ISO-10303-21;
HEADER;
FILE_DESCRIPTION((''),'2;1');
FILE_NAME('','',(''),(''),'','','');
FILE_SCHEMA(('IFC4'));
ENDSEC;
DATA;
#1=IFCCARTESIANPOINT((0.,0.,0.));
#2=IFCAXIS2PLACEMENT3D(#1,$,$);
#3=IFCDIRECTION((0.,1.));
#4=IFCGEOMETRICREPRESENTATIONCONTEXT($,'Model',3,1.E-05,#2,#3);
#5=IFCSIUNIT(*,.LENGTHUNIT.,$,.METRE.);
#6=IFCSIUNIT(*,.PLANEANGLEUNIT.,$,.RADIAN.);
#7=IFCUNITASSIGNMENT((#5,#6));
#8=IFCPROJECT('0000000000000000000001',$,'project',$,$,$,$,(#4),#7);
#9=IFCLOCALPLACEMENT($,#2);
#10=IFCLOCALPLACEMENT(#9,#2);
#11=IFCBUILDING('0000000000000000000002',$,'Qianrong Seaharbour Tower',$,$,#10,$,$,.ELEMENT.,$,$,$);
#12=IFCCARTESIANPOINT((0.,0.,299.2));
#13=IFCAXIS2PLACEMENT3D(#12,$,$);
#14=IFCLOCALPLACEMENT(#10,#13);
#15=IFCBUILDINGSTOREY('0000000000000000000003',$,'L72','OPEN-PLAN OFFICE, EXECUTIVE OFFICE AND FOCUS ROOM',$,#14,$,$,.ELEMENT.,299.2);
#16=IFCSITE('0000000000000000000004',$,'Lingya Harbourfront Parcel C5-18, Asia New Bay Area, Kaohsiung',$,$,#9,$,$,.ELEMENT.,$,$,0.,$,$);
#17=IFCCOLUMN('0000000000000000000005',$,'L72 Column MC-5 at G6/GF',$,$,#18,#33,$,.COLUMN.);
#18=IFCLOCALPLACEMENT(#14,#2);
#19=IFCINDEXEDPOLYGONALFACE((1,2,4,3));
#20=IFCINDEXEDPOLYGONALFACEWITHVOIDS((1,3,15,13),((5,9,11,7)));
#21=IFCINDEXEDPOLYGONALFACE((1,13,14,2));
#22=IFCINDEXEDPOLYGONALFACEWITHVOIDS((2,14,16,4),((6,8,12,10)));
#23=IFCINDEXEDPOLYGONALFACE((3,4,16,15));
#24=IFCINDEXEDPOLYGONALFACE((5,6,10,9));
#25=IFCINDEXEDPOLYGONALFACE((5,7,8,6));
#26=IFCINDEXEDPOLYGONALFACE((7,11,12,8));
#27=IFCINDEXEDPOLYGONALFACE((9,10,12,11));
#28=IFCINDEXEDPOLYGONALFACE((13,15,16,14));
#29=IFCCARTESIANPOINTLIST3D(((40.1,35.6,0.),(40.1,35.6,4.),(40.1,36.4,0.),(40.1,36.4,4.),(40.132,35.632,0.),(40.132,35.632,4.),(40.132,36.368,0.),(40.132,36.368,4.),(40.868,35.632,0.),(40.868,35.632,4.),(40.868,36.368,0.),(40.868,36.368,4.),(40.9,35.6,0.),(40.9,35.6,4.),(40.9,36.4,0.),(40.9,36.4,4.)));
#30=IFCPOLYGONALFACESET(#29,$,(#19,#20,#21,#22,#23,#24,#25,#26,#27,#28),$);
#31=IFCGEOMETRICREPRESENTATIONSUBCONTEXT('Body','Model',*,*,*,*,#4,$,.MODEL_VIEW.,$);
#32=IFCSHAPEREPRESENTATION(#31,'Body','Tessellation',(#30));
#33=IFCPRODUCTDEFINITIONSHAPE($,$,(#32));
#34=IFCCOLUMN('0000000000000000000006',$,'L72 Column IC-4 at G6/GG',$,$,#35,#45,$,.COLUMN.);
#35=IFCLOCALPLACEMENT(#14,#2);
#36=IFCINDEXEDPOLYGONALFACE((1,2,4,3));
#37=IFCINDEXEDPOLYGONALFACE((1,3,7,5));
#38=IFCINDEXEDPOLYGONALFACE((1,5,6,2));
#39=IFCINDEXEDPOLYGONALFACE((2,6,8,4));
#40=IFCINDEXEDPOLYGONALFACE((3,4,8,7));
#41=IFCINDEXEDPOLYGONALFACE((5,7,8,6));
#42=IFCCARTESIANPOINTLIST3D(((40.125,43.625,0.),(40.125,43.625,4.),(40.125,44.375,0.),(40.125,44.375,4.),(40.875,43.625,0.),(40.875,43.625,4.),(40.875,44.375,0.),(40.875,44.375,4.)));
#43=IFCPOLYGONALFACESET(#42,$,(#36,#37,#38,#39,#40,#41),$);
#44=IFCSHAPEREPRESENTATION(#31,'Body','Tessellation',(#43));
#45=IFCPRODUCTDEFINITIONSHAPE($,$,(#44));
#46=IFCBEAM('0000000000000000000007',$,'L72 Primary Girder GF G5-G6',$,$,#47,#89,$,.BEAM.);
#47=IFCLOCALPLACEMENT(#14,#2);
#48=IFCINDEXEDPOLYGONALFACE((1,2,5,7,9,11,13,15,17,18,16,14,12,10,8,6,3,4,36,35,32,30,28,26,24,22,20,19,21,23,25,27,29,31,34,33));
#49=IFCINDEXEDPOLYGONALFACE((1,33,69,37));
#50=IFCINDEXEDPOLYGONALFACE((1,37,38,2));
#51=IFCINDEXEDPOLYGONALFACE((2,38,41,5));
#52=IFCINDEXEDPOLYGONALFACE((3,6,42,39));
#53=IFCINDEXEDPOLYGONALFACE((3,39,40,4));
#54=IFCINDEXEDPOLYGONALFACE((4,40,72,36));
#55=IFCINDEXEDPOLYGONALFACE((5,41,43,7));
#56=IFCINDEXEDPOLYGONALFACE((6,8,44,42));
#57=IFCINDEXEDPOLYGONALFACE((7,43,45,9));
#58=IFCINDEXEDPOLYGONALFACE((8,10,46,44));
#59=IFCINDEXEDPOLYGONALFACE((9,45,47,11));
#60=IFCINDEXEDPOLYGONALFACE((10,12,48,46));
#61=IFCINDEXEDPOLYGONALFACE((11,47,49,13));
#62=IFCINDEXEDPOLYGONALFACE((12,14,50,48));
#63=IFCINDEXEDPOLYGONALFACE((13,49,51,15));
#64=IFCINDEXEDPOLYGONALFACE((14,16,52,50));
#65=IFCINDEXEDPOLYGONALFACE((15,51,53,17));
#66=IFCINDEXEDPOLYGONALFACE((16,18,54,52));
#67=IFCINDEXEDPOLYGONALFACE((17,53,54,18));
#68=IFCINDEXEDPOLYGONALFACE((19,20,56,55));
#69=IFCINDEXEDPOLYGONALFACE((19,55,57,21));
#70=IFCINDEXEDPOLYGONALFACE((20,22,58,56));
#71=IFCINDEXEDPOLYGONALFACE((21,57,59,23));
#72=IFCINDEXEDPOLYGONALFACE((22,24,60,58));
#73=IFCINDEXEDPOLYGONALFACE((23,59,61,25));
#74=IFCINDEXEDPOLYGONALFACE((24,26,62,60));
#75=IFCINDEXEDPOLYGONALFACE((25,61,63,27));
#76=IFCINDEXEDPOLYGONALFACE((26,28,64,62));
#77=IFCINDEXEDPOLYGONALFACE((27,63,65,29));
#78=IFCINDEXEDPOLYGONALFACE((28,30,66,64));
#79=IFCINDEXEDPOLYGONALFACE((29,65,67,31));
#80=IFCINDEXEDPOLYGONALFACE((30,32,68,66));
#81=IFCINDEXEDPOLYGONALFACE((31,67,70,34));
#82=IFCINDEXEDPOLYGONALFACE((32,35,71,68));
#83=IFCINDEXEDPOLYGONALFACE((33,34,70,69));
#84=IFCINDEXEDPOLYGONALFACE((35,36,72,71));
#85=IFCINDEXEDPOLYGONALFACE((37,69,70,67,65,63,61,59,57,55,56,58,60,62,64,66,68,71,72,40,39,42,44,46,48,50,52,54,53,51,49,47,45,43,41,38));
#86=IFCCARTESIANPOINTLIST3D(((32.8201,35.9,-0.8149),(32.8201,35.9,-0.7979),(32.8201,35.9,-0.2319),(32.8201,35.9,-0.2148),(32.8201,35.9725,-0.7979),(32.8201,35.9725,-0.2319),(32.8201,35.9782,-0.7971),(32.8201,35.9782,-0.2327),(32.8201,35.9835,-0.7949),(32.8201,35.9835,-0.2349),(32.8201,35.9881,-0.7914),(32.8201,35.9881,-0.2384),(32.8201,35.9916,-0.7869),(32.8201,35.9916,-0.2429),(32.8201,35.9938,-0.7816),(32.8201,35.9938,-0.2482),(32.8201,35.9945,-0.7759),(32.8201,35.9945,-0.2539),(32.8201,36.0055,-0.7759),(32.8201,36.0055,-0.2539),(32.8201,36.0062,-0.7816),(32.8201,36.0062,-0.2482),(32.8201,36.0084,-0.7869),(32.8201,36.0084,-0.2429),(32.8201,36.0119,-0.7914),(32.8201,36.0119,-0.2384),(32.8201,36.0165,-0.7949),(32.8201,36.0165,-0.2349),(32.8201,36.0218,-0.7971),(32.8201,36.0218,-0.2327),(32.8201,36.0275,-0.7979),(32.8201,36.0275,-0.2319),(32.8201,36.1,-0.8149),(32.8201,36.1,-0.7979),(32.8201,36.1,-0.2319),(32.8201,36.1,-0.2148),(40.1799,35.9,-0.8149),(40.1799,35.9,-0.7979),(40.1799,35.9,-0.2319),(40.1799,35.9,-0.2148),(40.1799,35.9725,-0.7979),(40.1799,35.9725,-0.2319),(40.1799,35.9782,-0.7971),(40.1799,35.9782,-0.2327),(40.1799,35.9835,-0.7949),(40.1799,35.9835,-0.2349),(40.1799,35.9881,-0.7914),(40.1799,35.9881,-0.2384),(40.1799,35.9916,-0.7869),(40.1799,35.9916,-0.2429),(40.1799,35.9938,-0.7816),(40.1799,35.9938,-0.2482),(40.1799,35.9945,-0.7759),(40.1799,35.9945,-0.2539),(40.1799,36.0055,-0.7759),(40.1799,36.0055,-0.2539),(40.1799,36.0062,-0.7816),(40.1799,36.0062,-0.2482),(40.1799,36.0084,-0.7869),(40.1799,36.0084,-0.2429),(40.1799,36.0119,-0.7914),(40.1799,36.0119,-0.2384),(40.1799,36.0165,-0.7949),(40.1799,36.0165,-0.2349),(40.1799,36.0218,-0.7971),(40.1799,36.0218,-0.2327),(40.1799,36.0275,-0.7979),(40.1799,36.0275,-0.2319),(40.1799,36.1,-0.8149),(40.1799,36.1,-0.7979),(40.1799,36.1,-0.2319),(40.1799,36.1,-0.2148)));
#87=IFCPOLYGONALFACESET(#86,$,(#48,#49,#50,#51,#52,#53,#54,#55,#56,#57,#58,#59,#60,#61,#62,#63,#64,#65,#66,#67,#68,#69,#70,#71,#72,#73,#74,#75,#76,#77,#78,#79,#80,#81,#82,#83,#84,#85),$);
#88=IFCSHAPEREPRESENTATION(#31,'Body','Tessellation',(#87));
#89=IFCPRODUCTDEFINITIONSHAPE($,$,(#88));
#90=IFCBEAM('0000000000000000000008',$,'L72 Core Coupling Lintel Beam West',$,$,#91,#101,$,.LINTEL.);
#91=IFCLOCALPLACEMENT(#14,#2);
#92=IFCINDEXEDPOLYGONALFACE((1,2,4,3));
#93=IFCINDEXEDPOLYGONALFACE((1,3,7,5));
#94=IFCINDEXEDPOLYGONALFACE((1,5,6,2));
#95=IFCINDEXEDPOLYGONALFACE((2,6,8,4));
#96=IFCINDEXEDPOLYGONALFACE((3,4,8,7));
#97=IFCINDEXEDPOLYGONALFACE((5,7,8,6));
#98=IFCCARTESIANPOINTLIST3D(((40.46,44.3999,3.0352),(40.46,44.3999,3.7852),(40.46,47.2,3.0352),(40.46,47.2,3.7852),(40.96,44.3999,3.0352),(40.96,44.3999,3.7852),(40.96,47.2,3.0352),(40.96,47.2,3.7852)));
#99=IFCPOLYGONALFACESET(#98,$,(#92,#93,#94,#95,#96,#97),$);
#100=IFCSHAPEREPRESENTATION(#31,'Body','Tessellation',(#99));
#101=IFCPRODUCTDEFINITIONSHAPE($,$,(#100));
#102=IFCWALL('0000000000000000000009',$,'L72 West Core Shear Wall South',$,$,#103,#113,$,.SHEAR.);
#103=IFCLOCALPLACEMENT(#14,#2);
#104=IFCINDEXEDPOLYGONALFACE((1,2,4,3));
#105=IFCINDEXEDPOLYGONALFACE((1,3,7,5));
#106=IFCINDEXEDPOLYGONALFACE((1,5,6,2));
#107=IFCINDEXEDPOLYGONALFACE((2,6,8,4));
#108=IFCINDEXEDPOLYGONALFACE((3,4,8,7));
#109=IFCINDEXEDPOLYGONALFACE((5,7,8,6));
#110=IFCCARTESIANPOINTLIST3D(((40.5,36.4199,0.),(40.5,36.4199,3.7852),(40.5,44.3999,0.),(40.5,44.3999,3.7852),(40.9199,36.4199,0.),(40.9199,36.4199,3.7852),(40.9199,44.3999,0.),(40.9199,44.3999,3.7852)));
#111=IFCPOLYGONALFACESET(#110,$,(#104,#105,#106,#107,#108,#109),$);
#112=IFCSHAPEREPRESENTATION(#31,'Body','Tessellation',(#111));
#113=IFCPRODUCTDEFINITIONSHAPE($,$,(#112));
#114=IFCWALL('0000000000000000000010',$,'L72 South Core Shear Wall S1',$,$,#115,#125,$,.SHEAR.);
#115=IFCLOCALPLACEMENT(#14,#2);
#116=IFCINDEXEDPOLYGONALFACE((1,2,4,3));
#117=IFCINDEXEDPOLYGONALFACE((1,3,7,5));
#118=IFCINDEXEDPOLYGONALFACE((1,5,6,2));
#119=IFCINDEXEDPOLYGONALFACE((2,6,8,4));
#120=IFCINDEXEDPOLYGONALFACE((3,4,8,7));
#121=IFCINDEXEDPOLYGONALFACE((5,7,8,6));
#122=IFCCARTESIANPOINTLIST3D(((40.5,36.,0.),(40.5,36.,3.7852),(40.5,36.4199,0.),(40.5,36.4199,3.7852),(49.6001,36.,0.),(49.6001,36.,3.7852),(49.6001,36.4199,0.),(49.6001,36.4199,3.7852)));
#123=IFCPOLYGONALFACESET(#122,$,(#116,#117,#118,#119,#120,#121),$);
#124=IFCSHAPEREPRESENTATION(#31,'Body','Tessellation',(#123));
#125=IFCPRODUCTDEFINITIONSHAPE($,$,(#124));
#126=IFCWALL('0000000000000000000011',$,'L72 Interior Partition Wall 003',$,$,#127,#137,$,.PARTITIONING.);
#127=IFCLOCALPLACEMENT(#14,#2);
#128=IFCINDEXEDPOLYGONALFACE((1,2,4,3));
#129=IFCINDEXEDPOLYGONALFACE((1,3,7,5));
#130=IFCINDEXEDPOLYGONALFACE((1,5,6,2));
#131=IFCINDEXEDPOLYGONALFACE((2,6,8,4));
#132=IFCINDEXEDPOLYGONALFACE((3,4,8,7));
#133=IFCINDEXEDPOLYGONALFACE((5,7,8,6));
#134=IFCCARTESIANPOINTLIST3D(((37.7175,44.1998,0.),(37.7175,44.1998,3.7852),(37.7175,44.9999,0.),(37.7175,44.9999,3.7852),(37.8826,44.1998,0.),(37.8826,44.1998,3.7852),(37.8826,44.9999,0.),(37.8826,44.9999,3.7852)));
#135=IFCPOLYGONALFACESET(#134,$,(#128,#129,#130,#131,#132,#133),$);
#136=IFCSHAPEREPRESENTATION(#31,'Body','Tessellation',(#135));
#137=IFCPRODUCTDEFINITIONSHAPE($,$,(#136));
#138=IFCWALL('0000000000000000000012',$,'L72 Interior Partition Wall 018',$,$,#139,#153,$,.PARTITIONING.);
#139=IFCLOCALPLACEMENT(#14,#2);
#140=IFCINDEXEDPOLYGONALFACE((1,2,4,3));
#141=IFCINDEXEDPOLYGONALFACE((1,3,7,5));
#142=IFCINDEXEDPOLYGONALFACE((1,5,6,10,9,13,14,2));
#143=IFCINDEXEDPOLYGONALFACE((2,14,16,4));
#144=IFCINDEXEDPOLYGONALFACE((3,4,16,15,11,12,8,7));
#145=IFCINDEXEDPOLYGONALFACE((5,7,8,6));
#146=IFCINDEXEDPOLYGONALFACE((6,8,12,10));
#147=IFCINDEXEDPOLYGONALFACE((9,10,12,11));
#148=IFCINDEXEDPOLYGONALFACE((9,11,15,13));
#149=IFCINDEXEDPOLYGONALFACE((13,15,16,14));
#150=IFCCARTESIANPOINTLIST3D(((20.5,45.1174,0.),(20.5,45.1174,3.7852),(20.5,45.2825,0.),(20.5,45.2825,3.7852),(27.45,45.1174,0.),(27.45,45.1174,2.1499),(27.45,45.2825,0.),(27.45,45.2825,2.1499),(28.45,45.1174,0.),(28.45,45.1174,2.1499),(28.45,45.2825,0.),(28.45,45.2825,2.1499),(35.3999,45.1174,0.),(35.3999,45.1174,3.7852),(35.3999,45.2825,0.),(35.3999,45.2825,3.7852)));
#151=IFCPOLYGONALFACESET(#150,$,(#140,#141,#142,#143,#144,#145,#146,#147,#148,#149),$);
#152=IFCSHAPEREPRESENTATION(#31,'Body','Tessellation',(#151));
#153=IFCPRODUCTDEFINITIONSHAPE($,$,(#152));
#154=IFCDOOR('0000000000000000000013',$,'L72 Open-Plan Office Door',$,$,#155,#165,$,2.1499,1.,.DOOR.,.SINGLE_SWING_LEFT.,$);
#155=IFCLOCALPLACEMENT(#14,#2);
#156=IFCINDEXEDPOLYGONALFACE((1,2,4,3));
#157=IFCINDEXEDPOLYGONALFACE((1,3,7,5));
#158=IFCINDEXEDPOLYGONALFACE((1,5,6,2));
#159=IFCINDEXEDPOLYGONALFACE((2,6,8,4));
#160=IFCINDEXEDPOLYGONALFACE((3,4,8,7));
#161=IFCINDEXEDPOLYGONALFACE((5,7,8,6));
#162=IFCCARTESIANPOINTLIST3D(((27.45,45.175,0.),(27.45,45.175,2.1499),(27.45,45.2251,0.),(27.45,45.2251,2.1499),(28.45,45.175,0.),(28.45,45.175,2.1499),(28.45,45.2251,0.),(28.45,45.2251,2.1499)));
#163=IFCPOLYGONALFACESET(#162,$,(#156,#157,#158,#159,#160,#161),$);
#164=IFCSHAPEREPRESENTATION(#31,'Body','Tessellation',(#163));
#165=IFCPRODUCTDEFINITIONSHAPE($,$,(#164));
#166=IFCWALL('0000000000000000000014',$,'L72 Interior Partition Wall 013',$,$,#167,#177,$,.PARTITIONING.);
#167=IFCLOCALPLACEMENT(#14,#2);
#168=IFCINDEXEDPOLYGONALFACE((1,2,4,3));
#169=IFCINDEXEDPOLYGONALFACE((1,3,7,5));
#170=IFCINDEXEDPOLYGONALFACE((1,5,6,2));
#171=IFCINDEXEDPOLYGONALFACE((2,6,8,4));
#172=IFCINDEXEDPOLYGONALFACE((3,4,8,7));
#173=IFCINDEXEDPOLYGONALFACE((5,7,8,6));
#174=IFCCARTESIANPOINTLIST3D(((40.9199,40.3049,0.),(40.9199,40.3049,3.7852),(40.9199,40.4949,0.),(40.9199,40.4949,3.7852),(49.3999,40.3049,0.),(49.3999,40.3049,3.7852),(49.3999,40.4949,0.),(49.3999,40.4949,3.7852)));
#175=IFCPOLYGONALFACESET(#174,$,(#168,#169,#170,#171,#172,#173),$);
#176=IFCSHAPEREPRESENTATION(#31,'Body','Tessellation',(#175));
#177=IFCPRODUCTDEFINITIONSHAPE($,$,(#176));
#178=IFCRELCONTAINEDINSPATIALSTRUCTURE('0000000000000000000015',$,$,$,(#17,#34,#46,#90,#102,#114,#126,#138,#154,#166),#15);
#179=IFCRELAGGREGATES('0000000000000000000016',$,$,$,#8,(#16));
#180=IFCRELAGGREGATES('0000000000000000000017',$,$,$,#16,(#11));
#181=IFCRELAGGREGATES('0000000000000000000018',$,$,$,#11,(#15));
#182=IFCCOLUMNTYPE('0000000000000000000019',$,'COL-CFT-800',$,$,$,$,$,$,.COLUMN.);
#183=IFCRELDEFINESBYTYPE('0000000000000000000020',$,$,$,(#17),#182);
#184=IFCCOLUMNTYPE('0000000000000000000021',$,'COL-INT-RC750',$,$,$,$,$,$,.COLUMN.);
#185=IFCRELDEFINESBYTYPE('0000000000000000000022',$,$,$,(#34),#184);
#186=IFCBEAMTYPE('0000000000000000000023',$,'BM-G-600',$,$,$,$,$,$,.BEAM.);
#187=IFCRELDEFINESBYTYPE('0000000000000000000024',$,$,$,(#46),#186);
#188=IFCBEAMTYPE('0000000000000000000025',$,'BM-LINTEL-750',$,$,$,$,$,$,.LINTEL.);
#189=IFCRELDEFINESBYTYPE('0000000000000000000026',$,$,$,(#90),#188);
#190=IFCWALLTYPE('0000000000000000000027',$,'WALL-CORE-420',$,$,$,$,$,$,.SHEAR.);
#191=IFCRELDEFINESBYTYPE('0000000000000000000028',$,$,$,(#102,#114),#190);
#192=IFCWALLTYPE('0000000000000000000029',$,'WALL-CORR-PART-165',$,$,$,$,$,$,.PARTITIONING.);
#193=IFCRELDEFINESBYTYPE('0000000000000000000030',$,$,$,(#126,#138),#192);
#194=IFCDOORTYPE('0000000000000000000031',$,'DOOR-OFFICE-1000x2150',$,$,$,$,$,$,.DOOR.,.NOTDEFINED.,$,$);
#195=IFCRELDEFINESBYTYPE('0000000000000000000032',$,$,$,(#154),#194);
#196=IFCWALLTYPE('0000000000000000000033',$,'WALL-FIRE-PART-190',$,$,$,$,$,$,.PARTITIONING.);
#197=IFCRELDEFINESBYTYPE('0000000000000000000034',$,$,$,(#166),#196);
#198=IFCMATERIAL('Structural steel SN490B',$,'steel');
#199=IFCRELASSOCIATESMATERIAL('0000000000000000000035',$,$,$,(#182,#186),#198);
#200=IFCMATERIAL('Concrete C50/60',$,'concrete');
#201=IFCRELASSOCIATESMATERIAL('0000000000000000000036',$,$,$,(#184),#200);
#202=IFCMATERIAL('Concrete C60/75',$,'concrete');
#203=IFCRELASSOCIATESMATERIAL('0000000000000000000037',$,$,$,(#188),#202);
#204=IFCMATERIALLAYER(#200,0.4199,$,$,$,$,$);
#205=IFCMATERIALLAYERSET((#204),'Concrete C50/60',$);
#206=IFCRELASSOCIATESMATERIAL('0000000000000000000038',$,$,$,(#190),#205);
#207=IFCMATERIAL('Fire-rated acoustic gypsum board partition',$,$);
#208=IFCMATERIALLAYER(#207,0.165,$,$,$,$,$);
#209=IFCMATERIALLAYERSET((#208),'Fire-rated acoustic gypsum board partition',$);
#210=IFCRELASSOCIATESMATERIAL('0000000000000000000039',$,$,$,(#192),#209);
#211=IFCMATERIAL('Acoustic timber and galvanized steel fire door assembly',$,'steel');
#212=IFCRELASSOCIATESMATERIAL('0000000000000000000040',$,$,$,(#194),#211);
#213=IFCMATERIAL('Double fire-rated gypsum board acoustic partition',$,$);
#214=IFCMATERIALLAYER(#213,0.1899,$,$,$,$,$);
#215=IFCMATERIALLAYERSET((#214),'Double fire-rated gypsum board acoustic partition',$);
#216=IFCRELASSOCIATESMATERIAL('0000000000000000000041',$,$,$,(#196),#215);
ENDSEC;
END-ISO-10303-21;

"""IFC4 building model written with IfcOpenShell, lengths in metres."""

from ifc_helpers import new_model, si_unit, direction, frame, frame_2d, origin, origin_2d, place, context, subcontext, project, spatial, rectangle, hollow_rectangle, i_section, extrude, material, layer, layer_set, material_profile, profile_set, type_object, element, fill, save


model = new_model("IFC4")

# Units and contexts
model_context = context("Model", 3, precision=1e-05, world=origin(), true_north=direction((0.0, 1.0)))
body_context = subcontext(model_context, "Body", "Model", "MODEL_VIEW")
ifc_project = project(units=[si_unit("LENGTHUNIT", "METRE"), si_unit("PLANEANGLEUNIT", "RADIAN")], contexts=[model_context])

# Site, building, storey
site_placement = place(None, origin())
site = spatial("IfcSite", under=ifc_project, at=site_placement, Name="Lingya Harbourfront Parcel C5-18, Asia New Bay Area, Kaohsiung", CompositionType="ELEMENT", RefElevation=0.0)
building_placement = place(site_placement, origin())
building = spatial("IfcBuilding", under=site, at=building_placement, Name="Qianrong Seaharbour Tower", CompositionType="ELEMENT")
storey_placement = place(building_placement, frame((0.0, 0.0, 299.2)))
storey = spatial("IfcBuildingStorey", under=building, at=storey_placement, Name="L72", Description="OPEN-PLAN OFFICE, EXECUTIVE OFFICE AND FOCUS ROOM", CompositionType="ELEMENT", Elevation=299.2)

# Columns
ifc_material_1 = material(Name="Structural steel SN490B", Category="steel")
ifc_material_profile_1 = material_profile(ifc_material_1, hollow_rectangle(XDim=0.8, YDim=0.8, WallThickness=0.032, at=origin_2d()), Name="BOX800x800x32")
ifc_profile_set_1 = profile_set([ifc_material_profile_1], Name="Structural steel SN490B")
column_type_1 = type_object("IfcColumnType", Name="COL-CFT-800", PredefinedType="COLUMN", material=ifc_profile_set_1)
column_1_placement = place(storey_placement, frame((40.5, 36.0, 0.0), z_axis=(0.0, 0.0, 1.0), x_axis=(1.0, 0.0, 0.0)))
element("IfcColumn", 1, at=column_1_placement, inside=storey, type_object=column_type_1, Name="L72 Column MC-5 at G6/GF", PredefinedType="COLUMN", context=body_context, shape_type="SweptSolid", body=[
    extrude(hollow_rectangle(XDim=0.8, YDim=0.8, WallThickness=0.032, at=origin_2d()), origin(), (0.0, 0.0, 1.0), 4.0),
])
ifc_material_2 = material(Name="Concrete C50/60", Category="concrete")
ifc_material_profile_2 = material_profile(ifc_material_2, rectangle(XDim=0.75, YDim=0.75, at=origin_2d()), Name="RC750x750")
ifc_profile_set_2 = profile_set([ifc_material_profile_2], Name="Concrete C50/60")
column_type_2 = type_object("IfcColumnType", Name="COL-INT-RC750", PredefinedType="COLUMN", material=ifc_profile_set_2)
column_2_placement = place(storey_placement, frame((40.5, 44.0, 0.0), z_axis=(0.0, 0.0, 1.0), x_axis=(1.0, 0.0, 0.0)))
element("IfcColumn", 2, at=column_2_placement, inside=storey, type_object=column_type_2, Name="L72 Column IC-4 at G6/GG", PredefinedType="COLUMN", context=body_context, shape_type="SweptSolid", body=[
    extrude(rectangle(XDim=0.75, YDim=0.75, at=origin_2d()), origin(), (0.0, 0.0, 1.0), 4.0),
])

# Beams
ifc_material_profile_3 = material_profile(ifc_material_1, i_section(OverallWidth=0.2, OverallDepth=0.6001, WebThickness=0.011, FlangeThickness=0.0171, FilletRadius=0.022, at=origin_2d()), Name="H600x200x11x17")
ifc_profile_set_3 = profile_set([ifc_material_profile_3], Name="Structural steel SN490B")
beam_type_1 = type_object("IfcBeamType", Name="BM-G-600", PredefinedType="BEAM", material=ifc_profile_set_3)
beam_1_placement = place(storey_placement, frame((32.8201, 36.0, -0.5149), z_axis=(1.0, 0.0, 0.0), x_axis=(0.0, 1.0, 0.0)))
element("IfcBeam", 3, at=beam_1_placement, inside=storey, type_object=beam_type_1, Name="L72 Primary Girder GF G5-G6", PredefinedType="BEAM", context=body_context, shape_type="SweptSolid", body=[
    extrude(i_section(OverallWidth=0.2, OverallDepth=0.6001, WebThickness=0.011, FlangeThickness=0.0171, FilletRadius=0.022, at=origin_2d()), origin(), (0.0, 0.0, 1.0), 7.3599),
])
ifc_material_3 = material(Name="Concrete C60/75", Category="concrete")
ifc_material_profile_4 = material_profile(ifc_material_3, rectangle(XDim=0.5, YDim=0.75, at=origin_2d()), Name="RC500x750")
ifc_profile_set_4 = profile_set([ifc_material_profile_4], Name="Concrete C60/75")
beam_type_2 = type_object("IfcBeamType", Name="BM-LINTEL-750", PredefinedType="LINTEL", material=ifc_profile_set_4)
beam_2_placement = place(storey_placement, frame((40.71, 44.3999, 3.4102), z_axis=(0.0, 1.0, 0.0), x_axis=(-1.0, 0.0, 0.0)))
element("IfcBeam", 4, at=beam_2_placement, inside=storey, type_object=beam_type_2, Name="L72 Core Coupling Lintel Beam West", PredefinedType="LINTEL", context=body_context, shape_type="SweptSolid", body=[
    extrude(rectangle(XDim=0.5, YDim=0.75, at=origin_2d()), origin(), (0.0, 0.0, 1.0), 2.8),
])

# Walls
ifc_layer_1 = layer(ifc_material_2, 0.4199)
ifc_layer_set_1 = layer_set([ifc_layer_1], Name="Concrete C50/60")
wall_type_1 = type_object("IfcWallType", Name="WALL-CORE-420", PredefinedType="SHEAR", material=ifc_layer_set_1)
wall_1_placement = place(storey_placement, frame((40.71, 36.4199, 0.0), z_axis=(0.0, 0.0, 1.0), x_axis=(0.0, 1.0, 0.0)))
element("IfcWall", 5, at=wall_1_placement, inside=storey, type_object=wall_type_1, Name="L72 West Core Shear Wall South", PredefinedType="SHEAR", context=body_context, shape_type="SweptSolid", body=[
    extrude(rectangle(XDim=7.98, YDim=0.4199, at=frame_2d((3.99, 0.0))), origin(), (0.0, 0.0, 1.0), 3.7852),
])
wall_2_placement = place(storey_placement, frame((40.5, 36.21, 0.0), z_axis=(0.0, 0.0, 1.0), x_axis=(1.0, 0.0, 0.0)))
element("IfcWall", 6, at=wall_2_placement, inside=storey, type_object=wall_type_1, Name="L72 South Core Shear Wall S1", PredefinedType="SHEAR", context=body_context, shape_type="SweptSolid", body=[
    extrude(rectangle(XDim=9.1001, YDim=0.4199, at=frame_2d((4.55, 0.0))), origin(), (0.0, 0.0, 1.0), 3.7852),
])

# Shared definitions
ifc_material_4 = material(Name="Fire-rated acoustic gypsum board partition")
ifc_layer_2 = layer(ifc_material_4, 0.165)
ifc_layer_set_2 = layer_set([ifc_layer_2], Name="Fire-rated acoustic gypsum board partition")
wall_type_2 = type_object("IfcWallType", Name="WALL-CORR-PART-165", PredefinedType="PARTITIONING", material=ifc_layer_set_2)
ifc_material_5 = material(Name="Acoustic timber and galvanized steel fire door assembly", Category="steel")

# Wall
wall_3_placement = place(storey_placement, frame((37.8, 44.2, 0.0), z_axis=(0.0, 0.0, 1.0), x_axis=(0.0, 1.0, 0.0)))
element("IfcWall", 7, at=wall_3_placement, inside=storey, type_object=wall_type_2, Name="L72 Interior Partition Wall 003", PredefinedType="PARTITIONING", context=body_context, shape_type="SweptSolid", body=[
    extrude(rectangle(XDim=0.8, YDim=0.165, at=frame_2d((0.3999, 0.0))), origin(), (0.0, 0.0, 1.0), 3.7852),
])

# Wall, opening, door
wall_4_placement = place(storey_placement, frame((35.3999, 45.2, 0.0), z_axis=(0.0, 0.0, 1.0), x_axis=(-1.0, 0.0, 0.0)))
wall_4 = element("IfcWall", 8, at=wall_4_placement, inside=storey, type_object=wall_type_2, Name="L72 Interior Partition Wall 018", PredefinedType="PARTITIONING", context=body_context, shape_type="SweptSolid", body=[
    extrude(rectangle(XDim=14.8999, YDim=0.165, at=frame_2d((7.45, 0.0))), origin(), (0.0, 0.0, 1.0), 3.7852),
])
opening_1_placement = place(wall_4_placement, frame((6.95, 0.0, 0.0)))
opening_1 = element("IfcOpeningElement", 9, at=opening_1_placement, cuts=wall_4, PredefinedType="OPENING", context=body_context, shape_type="SweptSolid", body=[
    extrude(rectangle(XDim=1.0, YDim=2.1499, at=frame_2d((0.5, 1.075))), frame((0.0, 0.0925, 0.0), z_axis=(0.0, -1.0, 0.0), x_axis=(1.0, 0.0, 0.0)), (0.0, 0.0, 1.0), 0.1851),
])
door_type_1 = type_object("IfcDoorType", Name="DOOR-OFFICE-1000x2150", OperationType="NOTDEFINED", PredefinedType="DOOR", material=ifc_material_5)
door_1_placement = place(opening_1_placement, origin())
door_1 = element("IfcDoor", 10, at=door_1_placement, inside=storey, type_object=door_type_1, Name="L72 Open-Plan Office Door", OperationType="SINGLE_SWING_LEFT", OverallHeight=2.1499, OverallWidth=1.0, PredefinedType="DOOR", context=body_context, shape_type="SweptSolid", body=[
    extrude(rectangle(XDim=1.0, YDim=2.1499, at=frame_2d((0.5, 1.075))), frame((0.0, 0.0249, 0.0), z_axis=(0.0, -1.0, 0.0), x_axis=(1.0, 0.0, 0.0)), (0.0, 0.0, 1.0), 0.05),
])
fill(opening_1, door_1)

# Wall
ifc_material_6 = material(Name="Double fire-rated gypsum board acoustic partition")
ifc_layer_3 = layer(ifc_material_6, 0.1899)
ifc_layer_set_3 = layer_set([ifc_layer_3], Name="Double fire-rated gypsum board acoustic partition")
wall_type_3 = type_object("IfcWallType", Name="WALL-FIRE-PART-190", PredefinedType="PARTITIONING", material=ifc_layer_set_3)
wall_5_placement = place(storey_placement, frame((40.9199, 40.3999, 0.0), z_axis=(0.0, 0.0, 1.0), x_axis=(1.0, 0.0, 0.0)))
element("IfcWall", 11, at=wall_5_placement, inside=storey, type_object=wall_type_3, Name="L72 Interior Partition Wall 013", PredefinedType="PARTITIONING", context=body_context, shape_type="SweptSolid", body=[
    extrude(rectangle(XDim=8.48, YDim=0.1899, at=frame_2d((4.24, 0.0))), origin(), (0.0, 0.0, 1.0), 3.7852),
])

save(model, "model.ifc")
